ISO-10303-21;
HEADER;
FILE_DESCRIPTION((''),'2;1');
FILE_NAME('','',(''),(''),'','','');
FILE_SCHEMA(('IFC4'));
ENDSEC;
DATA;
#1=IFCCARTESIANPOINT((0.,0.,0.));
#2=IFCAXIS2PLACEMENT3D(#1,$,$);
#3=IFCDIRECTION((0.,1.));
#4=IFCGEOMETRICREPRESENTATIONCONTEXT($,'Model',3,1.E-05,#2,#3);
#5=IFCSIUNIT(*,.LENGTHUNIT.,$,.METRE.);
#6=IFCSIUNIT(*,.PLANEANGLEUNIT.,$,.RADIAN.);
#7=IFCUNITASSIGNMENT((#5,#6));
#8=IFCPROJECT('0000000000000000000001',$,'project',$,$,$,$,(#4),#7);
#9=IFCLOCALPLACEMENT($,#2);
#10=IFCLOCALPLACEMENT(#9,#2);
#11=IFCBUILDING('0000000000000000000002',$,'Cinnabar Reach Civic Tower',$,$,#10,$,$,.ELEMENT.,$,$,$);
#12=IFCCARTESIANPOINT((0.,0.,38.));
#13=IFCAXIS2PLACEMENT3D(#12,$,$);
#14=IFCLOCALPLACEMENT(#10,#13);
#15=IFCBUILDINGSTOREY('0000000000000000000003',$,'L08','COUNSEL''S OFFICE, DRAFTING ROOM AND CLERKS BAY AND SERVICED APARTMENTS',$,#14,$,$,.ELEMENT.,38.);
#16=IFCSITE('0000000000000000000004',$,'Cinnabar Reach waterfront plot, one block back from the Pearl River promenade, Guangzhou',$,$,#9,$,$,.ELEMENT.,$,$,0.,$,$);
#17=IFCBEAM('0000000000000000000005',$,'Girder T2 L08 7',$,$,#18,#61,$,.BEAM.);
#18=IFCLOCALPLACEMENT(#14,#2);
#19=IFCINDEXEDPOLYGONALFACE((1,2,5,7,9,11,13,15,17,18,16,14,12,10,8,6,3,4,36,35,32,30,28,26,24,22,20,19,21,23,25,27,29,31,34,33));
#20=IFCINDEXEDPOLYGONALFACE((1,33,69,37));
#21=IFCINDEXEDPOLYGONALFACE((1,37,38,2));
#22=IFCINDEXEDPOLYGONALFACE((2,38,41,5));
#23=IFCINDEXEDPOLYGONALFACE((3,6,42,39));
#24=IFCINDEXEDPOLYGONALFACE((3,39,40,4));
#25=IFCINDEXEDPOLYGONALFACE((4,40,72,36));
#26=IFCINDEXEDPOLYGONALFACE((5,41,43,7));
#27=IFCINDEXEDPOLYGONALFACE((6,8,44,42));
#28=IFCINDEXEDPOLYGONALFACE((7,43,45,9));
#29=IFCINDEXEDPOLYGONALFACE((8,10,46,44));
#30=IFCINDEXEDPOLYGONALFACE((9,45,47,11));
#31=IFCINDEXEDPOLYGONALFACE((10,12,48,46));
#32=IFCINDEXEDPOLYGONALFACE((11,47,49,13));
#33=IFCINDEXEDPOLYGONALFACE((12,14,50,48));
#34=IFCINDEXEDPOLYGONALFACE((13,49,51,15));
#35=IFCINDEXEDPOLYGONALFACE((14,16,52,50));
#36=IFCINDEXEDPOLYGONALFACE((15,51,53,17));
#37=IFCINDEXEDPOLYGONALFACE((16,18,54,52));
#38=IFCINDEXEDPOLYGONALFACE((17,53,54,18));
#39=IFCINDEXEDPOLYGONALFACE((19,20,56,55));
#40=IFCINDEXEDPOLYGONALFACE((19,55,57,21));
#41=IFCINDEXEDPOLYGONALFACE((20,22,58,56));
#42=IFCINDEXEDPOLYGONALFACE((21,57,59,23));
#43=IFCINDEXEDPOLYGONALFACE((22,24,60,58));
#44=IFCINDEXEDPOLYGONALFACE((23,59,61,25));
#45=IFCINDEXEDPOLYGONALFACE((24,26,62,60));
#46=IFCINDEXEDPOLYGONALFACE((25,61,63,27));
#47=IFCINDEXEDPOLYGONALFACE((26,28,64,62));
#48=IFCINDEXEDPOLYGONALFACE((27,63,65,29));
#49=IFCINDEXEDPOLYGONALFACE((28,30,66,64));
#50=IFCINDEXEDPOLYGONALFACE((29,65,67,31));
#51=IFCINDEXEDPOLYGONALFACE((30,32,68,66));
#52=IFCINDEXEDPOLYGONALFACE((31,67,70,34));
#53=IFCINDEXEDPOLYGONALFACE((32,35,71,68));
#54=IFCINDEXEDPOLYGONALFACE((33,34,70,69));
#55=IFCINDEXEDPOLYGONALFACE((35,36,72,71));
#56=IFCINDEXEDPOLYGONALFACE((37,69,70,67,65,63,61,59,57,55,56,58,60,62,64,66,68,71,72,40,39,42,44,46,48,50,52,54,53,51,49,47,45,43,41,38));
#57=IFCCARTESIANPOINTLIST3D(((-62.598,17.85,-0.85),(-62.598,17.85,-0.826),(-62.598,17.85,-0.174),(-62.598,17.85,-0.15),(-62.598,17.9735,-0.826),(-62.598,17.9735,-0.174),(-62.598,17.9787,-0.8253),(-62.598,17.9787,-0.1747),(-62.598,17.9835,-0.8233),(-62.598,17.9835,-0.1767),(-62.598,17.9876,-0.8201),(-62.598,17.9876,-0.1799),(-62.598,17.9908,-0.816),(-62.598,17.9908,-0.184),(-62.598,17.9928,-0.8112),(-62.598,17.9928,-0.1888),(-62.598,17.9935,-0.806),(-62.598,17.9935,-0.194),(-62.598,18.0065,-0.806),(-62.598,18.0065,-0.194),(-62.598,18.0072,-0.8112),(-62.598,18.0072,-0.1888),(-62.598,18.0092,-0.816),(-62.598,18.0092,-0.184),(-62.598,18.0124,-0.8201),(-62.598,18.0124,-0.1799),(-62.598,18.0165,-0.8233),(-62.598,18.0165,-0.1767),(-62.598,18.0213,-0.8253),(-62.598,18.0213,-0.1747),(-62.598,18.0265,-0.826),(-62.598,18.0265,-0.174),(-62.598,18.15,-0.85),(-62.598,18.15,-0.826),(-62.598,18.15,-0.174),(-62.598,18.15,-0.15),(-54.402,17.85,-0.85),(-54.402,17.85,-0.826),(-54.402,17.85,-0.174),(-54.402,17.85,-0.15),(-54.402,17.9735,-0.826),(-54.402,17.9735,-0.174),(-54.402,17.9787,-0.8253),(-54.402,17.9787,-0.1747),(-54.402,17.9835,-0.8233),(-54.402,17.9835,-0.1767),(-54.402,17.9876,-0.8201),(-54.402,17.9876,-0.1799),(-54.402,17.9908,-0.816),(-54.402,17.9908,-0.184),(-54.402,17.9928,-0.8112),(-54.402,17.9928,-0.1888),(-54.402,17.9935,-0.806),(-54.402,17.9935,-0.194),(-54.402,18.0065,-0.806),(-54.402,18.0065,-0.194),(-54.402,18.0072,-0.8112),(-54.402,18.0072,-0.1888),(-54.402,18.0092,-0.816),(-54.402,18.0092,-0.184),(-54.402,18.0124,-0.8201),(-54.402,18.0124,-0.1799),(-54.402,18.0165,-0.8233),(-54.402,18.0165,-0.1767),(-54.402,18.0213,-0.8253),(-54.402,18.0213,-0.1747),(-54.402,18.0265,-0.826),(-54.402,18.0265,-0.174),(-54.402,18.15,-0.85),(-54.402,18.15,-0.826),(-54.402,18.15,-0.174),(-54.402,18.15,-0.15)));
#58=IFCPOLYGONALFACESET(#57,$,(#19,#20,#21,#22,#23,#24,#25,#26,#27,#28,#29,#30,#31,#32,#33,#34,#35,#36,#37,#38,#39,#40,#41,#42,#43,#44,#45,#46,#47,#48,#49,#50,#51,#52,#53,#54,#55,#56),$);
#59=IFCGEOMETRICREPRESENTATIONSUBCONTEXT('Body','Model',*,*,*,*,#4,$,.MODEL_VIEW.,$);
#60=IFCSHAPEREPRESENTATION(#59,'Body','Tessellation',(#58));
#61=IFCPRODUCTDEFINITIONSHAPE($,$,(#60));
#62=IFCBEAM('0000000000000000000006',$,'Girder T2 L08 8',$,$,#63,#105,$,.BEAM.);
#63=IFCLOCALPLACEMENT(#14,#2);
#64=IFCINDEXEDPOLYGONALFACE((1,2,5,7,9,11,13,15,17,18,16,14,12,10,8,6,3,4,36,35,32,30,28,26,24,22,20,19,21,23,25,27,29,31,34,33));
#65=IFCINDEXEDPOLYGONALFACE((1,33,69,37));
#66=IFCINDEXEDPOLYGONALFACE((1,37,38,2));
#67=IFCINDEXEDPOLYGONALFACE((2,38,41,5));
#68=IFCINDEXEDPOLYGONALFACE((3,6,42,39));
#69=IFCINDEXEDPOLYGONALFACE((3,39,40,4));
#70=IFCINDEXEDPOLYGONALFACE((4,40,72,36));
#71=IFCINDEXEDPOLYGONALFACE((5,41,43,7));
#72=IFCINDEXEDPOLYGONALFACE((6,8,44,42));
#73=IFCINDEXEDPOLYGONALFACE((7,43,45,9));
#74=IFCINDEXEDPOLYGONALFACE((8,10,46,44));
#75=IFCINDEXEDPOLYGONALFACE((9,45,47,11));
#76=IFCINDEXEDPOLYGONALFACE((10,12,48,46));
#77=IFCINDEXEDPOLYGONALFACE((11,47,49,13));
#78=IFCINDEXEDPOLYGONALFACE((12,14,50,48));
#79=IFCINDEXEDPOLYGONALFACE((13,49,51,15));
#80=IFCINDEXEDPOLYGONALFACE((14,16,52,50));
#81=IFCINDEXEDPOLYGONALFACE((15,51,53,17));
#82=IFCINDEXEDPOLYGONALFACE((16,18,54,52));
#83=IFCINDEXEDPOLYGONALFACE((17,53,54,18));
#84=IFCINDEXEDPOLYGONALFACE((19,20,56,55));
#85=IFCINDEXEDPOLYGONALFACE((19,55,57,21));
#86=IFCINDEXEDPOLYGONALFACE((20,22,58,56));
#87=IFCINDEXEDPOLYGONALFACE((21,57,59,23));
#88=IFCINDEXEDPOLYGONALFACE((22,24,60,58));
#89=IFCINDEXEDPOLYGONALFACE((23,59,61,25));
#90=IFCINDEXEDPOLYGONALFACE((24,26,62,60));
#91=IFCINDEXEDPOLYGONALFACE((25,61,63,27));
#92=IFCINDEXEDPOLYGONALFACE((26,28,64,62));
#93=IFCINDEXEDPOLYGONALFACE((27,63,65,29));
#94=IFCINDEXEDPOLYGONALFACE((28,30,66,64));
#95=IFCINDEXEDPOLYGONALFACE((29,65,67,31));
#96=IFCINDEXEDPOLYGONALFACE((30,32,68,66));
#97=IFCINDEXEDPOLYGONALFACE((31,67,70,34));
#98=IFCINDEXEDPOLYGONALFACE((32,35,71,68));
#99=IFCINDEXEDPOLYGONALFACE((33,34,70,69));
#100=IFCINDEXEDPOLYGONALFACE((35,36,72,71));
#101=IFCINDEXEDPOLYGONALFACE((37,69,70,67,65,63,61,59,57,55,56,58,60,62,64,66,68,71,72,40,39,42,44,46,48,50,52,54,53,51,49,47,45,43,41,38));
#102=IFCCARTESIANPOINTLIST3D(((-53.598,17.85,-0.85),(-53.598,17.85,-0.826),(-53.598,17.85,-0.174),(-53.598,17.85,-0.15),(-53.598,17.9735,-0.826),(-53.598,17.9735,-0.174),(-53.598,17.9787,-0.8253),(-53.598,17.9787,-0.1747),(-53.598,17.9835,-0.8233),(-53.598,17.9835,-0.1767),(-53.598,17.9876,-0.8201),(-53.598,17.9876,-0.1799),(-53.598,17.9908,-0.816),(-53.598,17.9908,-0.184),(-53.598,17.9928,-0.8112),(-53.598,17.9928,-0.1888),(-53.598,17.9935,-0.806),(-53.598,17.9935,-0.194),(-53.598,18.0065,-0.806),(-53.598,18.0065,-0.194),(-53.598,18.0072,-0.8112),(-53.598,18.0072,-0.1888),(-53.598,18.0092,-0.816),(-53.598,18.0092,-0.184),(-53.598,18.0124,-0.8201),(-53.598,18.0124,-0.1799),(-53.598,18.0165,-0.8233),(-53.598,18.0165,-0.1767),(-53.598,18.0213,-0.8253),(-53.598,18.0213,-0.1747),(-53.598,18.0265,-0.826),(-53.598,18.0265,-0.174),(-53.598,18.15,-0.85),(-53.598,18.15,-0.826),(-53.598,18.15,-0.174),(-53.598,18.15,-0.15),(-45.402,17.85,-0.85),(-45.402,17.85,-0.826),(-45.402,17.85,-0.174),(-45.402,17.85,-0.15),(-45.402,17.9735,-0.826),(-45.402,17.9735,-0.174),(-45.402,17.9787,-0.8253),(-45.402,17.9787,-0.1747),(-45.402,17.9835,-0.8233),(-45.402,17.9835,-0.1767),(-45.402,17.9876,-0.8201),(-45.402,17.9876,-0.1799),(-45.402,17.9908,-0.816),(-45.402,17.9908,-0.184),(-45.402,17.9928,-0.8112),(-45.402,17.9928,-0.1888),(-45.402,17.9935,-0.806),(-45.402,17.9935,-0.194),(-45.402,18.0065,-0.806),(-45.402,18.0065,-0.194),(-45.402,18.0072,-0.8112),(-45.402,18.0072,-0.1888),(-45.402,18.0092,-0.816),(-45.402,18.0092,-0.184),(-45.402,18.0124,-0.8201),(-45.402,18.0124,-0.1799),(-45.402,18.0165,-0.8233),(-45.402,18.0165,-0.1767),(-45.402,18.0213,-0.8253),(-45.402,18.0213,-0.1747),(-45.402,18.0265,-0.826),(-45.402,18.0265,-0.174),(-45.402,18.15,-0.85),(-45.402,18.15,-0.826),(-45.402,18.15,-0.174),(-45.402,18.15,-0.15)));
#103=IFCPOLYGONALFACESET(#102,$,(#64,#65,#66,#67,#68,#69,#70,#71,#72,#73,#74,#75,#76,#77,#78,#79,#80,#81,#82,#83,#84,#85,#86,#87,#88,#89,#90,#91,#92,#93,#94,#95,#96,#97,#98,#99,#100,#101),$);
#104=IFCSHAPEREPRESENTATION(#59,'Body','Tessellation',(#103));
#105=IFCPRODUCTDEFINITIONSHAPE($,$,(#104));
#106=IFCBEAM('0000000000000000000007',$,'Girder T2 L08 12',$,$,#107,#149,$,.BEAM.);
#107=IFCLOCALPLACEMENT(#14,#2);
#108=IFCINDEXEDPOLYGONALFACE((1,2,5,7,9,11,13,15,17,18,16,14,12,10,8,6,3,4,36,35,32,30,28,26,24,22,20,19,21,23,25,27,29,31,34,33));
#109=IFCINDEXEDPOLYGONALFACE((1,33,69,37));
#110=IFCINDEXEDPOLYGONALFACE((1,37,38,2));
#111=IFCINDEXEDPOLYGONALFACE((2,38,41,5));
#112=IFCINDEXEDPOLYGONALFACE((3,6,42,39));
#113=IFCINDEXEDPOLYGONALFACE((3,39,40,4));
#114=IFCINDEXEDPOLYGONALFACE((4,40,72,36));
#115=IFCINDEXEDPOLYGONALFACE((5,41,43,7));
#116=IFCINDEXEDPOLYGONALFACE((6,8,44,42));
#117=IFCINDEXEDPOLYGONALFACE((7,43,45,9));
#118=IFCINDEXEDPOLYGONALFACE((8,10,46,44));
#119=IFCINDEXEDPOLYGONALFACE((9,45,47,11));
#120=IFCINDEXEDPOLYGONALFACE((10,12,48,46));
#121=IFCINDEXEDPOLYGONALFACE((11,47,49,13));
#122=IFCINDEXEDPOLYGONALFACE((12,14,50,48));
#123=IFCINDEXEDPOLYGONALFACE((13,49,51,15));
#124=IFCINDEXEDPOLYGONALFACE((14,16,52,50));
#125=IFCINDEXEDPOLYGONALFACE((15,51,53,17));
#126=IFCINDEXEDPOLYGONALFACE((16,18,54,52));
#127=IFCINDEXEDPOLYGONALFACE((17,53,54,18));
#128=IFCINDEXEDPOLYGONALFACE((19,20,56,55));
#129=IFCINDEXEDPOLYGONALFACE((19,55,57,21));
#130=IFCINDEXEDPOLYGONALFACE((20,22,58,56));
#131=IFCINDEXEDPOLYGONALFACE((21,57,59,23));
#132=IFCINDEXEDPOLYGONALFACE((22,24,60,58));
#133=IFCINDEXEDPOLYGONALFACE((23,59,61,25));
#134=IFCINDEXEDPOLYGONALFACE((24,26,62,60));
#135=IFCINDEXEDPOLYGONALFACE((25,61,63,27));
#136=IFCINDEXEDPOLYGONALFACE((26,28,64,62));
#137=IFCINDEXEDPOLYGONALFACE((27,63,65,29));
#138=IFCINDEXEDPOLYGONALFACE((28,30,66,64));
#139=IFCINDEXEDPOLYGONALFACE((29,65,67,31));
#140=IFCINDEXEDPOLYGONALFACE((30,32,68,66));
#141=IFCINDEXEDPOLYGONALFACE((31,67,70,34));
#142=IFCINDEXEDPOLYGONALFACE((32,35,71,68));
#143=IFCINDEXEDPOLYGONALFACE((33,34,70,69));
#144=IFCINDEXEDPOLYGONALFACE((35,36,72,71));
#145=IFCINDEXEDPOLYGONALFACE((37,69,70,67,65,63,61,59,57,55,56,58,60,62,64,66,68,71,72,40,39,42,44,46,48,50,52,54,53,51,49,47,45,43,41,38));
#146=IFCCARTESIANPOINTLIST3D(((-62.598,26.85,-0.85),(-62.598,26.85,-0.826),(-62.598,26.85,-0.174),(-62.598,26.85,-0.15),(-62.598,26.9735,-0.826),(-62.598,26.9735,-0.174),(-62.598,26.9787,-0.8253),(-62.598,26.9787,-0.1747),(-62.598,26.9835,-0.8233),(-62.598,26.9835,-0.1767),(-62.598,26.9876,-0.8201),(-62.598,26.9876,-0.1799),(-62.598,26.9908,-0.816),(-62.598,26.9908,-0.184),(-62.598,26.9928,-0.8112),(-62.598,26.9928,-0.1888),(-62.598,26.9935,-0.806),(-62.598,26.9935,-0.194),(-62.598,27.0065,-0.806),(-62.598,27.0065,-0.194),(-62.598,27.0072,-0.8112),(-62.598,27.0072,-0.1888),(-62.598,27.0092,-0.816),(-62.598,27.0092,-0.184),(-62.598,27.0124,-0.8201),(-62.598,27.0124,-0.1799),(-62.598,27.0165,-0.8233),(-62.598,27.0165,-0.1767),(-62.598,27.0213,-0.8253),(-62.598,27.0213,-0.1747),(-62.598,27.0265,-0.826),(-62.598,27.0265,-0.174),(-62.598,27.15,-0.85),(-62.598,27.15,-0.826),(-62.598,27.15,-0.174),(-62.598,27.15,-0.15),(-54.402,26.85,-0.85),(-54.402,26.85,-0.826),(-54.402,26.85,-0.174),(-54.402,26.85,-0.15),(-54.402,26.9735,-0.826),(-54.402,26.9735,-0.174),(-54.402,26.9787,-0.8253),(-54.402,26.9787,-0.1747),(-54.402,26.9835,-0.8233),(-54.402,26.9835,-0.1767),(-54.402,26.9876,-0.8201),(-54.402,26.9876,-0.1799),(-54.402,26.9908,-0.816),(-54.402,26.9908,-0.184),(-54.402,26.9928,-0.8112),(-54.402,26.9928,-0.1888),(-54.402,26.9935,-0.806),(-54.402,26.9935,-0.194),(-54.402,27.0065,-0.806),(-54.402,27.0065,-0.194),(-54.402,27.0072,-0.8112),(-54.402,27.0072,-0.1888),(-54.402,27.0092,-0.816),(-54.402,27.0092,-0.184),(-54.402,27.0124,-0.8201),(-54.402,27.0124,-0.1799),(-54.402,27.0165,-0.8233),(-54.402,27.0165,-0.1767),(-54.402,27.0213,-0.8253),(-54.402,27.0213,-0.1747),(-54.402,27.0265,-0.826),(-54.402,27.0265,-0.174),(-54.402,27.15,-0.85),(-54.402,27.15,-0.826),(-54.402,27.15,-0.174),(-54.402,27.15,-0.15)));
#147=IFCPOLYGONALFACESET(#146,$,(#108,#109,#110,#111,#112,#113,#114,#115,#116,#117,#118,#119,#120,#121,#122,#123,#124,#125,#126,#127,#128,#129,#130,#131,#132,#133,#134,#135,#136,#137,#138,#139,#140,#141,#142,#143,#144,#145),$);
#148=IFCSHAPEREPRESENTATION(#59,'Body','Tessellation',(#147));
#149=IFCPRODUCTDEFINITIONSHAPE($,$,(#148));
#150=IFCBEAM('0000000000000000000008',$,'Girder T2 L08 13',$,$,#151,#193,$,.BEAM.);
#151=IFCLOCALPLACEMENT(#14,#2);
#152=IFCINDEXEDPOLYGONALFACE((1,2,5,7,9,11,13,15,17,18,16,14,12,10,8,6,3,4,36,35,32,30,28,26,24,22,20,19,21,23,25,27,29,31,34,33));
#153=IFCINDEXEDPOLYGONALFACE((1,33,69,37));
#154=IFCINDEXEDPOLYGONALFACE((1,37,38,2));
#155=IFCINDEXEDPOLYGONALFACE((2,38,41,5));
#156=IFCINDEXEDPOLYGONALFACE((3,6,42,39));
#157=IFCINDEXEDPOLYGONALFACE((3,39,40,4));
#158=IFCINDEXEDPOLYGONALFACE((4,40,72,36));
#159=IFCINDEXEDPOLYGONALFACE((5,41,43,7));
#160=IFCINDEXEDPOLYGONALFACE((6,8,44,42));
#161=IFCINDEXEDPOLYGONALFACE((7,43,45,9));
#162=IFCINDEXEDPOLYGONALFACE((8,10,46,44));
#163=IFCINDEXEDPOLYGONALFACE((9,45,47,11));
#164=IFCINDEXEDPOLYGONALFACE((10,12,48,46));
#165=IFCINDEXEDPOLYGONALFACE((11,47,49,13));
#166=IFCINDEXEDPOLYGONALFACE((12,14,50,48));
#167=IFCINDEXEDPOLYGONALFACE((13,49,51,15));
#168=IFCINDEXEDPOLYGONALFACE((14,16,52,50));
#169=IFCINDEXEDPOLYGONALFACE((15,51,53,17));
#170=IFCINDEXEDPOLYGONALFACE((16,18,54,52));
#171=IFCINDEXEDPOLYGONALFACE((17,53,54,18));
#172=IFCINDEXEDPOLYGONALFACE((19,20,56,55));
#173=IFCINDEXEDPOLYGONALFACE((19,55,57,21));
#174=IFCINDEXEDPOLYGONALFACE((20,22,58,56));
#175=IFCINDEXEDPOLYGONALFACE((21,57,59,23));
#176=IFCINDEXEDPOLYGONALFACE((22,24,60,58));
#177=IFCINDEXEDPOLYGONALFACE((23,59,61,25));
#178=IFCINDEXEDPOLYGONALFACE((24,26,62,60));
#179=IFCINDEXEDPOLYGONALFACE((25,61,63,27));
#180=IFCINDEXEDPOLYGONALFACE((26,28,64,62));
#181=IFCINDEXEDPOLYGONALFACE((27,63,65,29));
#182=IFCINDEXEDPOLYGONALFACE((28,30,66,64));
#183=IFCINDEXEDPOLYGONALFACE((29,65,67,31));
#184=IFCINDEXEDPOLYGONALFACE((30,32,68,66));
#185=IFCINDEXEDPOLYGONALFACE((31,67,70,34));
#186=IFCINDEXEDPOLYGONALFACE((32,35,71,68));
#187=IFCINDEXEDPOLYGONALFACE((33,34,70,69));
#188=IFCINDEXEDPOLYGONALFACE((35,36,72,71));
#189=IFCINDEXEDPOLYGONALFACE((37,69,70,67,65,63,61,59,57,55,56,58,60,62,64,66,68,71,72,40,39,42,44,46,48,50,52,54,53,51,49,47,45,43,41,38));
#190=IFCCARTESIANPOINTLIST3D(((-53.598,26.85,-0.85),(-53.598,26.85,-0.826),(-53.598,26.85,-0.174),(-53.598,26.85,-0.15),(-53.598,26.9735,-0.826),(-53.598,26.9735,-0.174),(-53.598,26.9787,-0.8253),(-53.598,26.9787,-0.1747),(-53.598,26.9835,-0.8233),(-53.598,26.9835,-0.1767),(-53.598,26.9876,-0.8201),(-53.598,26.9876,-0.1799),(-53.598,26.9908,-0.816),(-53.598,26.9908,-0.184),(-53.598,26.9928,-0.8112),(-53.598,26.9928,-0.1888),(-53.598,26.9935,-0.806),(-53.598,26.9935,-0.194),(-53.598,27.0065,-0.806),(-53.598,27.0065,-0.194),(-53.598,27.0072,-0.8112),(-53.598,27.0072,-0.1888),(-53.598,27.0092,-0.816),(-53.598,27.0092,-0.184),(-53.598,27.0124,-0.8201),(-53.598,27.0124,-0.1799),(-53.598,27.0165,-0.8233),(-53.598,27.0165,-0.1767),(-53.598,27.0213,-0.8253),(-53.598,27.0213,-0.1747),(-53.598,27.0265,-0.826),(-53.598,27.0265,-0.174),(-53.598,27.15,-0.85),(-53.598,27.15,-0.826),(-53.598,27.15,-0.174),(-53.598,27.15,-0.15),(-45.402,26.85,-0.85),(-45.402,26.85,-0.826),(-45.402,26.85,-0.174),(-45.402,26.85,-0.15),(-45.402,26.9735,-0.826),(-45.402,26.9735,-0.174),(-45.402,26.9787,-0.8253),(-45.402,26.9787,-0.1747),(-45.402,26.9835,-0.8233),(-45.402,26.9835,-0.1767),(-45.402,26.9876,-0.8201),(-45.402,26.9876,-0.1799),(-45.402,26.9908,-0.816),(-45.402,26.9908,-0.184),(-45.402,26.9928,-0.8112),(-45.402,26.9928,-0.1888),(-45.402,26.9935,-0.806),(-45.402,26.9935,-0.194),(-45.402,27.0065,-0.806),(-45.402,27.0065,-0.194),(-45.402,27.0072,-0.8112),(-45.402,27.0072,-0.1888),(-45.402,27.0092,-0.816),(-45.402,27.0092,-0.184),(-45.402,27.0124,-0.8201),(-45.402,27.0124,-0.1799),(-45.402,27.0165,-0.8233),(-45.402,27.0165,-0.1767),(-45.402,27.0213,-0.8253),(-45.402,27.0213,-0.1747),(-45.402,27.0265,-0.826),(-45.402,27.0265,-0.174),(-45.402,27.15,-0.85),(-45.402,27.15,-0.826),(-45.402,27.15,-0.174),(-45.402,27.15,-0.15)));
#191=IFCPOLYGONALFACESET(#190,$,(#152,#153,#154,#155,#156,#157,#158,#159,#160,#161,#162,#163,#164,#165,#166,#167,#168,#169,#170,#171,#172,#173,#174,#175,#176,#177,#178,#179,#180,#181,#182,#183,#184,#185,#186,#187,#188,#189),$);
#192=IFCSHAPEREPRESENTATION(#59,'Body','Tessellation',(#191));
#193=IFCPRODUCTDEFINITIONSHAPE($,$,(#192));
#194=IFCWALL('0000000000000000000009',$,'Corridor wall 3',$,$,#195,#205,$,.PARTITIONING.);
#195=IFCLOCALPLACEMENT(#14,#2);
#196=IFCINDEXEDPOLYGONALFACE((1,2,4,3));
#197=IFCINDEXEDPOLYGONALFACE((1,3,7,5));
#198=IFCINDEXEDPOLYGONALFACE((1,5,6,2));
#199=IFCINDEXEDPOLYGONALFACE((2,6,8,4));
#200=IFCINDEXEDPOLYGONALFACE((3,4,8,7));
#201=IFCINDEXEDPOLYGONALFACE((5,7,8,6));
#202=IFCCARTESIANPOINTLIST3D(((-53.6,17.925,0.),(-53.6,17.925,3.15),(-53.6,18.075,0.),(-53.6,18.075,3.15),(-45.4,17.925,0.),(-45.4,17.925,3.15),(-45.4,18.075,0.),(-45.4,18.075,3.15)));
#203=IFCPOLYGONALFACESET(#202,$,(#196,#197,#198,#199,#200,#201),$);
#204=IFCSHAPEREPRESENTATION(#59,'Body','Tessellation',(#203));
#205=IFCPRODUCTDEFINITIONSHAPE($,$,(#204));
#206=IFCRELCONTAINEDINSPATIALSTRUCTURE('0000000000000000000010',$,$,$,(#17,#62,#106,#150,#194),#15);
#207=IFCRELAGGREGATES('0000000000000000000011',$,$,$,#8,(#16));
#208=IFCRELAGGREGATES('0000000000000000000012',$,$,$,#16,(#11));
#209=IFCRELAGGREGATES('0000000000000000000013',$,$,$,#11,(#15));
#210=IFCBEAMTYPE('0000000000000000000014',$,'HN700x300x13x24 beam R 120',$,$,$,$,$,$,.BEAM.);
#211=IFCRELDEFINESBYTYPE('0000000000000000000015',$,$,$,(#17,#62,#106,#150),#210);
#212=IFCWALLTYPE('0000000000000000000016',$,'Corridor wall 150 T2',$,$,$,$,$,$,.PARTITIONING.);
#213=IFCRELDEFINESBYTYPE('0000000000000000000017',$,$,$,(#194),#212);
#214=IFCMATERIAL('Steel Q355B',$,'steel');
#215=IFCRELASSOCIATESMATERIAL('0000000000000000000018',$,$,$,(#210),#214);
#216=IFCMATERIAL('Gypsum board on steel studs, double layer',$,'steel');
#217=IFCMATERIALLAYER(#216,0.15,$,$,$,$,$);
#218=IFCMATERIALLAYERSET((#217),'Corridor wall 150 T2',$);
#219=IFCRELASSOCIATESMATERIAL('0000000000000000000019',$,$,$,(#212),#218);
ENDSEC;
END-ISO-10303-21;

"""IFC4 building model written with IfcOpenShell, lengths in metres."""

from ifc_helpers import new_model, si_unit, direction, frame, frame_2d, origin, origin_2d, place, context, subcontext, project, spatial, rectangle, i_section, extrude, material, layer, layer_set, material_profile, profile_set, type_object, element, save


model = new_model("IFC4")

# Units and contexts
model_context = context("Model", 3, precision=1e-05, world=origin(), true_north=direction((0.0, 1.0)))
body_context = subcontext(model_context, "Body", "Model", "MODEL_VIEW")
ifc_project = project(units=[si_unit("LENGTHUNIT", "METRE"), si_unit("PLANEANGLEUNIT", "RADIAN")], contexts=[model_context])

# Site, building, storey
site_placement = place(None, origin())
site = spatial("IfcSite", under=ifc_project, at=site_placement, Name="Cinnabar Reach waterfront plot, one block back from the Pearl River promenade, Guangzhou", CompositionType="ELEMENT", RefElevation=0.0)
building_placement = place(site_placement, origin())
building = spatial("IfcBuilding", under=site, at=building_placement, Name="Cinnabar Reach Civic Tower", CompositionType="ELEMENT")
storey_placement = place(building_placement, frame((0.0, 0.0, 38.0)))
storey = spatial("IfcBuildingStorey", under=building, at=storey_placement, Name="L08", Description="COUNSEL'S OFFICE, DRAFTING ROOM AND CLERKS BAY AND SERVICED APARTMENTS", CompositionType="ELEMENT", Elevation=38.0)

# Beams
ifc_material_1 = material(Name="Steel Q355B", Category="steel")
ifc_material_profile_1 = material_profile(ifc_material_1, i_section(OverallWidth=0.3, OverallDepth=0.7, WebThickness=0.013, FlangeThickness=0.024, FilletRadius=0.02, at=origin_2d()), Name="HN700x300x13x24")
ifc_profile_set_1 = profile_set([ifc_material_profile_1], Name="Steel Q355B")
beam_type_1 = type_object("IfcBeamType", Name="HN700x300x13x24 beam R 120", PredefinedType="BEAM", material=ifc_profile_set_1)
for number, where, z_axis, x_axis, name in (
    (1, (-62.598, 18.0, -0.5), (1.0, 0.0, 0.0), (0.0, 1.0, 0.0), "Girder T2 L08 7"),
    (2, (-53.598, 18.0, -0.5), (1.0, 0.0, 0.0), (0.0, 1.0, 0.0), "Girder T2 L08 8"),
    (3, (-62.598, 27.0, -0.5), (1.0, 0.0, 0.0), (0.0, 1.0, 0.0), "Girder T2 L08 12"),
    (4, (-53.598, 27.0, -0.5), (1.0, 0.0, 0.0), (0.0, 1.0, 0.0), "Girder T2 L08 13"),
):
    element("IfcBeam", number, at=place(storey_placement, frame(where, z_axis=z_axis, x_axis=x_axis)), inside=storey, type_object=beam_type_1, Name=name, PredefinedType="BEAM", context=body_context, shape_type="SweptSolid", body=[
        extrude(i_section(OverallWidth=0.3, OverallDepth=0.7, WebThickness=0.013, FlangeThickness=0.024, FilletRadius=0.02, at=origin_2d()), origin(), (0.0, 0.0, 1.0), 8.196),
    ])

# Wall
ifc_material_2 = material(Name="Gypsum board on steel studs, double layer", Category="steel")
ifc_layer_1 = layer(ifc_material_2, 0.15)
ifc_layer_set_1 = layer_set([ifc_layer_1], Name="Corridor wall 150 T2")
wall_type_1 = type_object("IfcWallType", Name="Corridor wall 150 T2", PredefinedType="PARTITIONING", material=ifc_layer_set_1)
wall_1_placement = place(storey_placement, frame((-53.6, 18.0, 0.0), z_axis=(0.0, 0.0, 1.0), x_axis=(1.0, 0.0, 0.0)))
element("IfcWall", 5, at=wall_1_placement, inside=storey, type_object=wall_type_1, Name="Corridor wall 3", PredefinedType="PARTITIONING", context=body_context, shape_type="SweptSolid", body=[
    extrude(rectangle(XDim=8.2, YDim=0.15, at=frame_2d((4.1, 0.0))), origin(), (0.0, 0.0, 1.0), 3.15),
])

save(model, "model.ifc")
